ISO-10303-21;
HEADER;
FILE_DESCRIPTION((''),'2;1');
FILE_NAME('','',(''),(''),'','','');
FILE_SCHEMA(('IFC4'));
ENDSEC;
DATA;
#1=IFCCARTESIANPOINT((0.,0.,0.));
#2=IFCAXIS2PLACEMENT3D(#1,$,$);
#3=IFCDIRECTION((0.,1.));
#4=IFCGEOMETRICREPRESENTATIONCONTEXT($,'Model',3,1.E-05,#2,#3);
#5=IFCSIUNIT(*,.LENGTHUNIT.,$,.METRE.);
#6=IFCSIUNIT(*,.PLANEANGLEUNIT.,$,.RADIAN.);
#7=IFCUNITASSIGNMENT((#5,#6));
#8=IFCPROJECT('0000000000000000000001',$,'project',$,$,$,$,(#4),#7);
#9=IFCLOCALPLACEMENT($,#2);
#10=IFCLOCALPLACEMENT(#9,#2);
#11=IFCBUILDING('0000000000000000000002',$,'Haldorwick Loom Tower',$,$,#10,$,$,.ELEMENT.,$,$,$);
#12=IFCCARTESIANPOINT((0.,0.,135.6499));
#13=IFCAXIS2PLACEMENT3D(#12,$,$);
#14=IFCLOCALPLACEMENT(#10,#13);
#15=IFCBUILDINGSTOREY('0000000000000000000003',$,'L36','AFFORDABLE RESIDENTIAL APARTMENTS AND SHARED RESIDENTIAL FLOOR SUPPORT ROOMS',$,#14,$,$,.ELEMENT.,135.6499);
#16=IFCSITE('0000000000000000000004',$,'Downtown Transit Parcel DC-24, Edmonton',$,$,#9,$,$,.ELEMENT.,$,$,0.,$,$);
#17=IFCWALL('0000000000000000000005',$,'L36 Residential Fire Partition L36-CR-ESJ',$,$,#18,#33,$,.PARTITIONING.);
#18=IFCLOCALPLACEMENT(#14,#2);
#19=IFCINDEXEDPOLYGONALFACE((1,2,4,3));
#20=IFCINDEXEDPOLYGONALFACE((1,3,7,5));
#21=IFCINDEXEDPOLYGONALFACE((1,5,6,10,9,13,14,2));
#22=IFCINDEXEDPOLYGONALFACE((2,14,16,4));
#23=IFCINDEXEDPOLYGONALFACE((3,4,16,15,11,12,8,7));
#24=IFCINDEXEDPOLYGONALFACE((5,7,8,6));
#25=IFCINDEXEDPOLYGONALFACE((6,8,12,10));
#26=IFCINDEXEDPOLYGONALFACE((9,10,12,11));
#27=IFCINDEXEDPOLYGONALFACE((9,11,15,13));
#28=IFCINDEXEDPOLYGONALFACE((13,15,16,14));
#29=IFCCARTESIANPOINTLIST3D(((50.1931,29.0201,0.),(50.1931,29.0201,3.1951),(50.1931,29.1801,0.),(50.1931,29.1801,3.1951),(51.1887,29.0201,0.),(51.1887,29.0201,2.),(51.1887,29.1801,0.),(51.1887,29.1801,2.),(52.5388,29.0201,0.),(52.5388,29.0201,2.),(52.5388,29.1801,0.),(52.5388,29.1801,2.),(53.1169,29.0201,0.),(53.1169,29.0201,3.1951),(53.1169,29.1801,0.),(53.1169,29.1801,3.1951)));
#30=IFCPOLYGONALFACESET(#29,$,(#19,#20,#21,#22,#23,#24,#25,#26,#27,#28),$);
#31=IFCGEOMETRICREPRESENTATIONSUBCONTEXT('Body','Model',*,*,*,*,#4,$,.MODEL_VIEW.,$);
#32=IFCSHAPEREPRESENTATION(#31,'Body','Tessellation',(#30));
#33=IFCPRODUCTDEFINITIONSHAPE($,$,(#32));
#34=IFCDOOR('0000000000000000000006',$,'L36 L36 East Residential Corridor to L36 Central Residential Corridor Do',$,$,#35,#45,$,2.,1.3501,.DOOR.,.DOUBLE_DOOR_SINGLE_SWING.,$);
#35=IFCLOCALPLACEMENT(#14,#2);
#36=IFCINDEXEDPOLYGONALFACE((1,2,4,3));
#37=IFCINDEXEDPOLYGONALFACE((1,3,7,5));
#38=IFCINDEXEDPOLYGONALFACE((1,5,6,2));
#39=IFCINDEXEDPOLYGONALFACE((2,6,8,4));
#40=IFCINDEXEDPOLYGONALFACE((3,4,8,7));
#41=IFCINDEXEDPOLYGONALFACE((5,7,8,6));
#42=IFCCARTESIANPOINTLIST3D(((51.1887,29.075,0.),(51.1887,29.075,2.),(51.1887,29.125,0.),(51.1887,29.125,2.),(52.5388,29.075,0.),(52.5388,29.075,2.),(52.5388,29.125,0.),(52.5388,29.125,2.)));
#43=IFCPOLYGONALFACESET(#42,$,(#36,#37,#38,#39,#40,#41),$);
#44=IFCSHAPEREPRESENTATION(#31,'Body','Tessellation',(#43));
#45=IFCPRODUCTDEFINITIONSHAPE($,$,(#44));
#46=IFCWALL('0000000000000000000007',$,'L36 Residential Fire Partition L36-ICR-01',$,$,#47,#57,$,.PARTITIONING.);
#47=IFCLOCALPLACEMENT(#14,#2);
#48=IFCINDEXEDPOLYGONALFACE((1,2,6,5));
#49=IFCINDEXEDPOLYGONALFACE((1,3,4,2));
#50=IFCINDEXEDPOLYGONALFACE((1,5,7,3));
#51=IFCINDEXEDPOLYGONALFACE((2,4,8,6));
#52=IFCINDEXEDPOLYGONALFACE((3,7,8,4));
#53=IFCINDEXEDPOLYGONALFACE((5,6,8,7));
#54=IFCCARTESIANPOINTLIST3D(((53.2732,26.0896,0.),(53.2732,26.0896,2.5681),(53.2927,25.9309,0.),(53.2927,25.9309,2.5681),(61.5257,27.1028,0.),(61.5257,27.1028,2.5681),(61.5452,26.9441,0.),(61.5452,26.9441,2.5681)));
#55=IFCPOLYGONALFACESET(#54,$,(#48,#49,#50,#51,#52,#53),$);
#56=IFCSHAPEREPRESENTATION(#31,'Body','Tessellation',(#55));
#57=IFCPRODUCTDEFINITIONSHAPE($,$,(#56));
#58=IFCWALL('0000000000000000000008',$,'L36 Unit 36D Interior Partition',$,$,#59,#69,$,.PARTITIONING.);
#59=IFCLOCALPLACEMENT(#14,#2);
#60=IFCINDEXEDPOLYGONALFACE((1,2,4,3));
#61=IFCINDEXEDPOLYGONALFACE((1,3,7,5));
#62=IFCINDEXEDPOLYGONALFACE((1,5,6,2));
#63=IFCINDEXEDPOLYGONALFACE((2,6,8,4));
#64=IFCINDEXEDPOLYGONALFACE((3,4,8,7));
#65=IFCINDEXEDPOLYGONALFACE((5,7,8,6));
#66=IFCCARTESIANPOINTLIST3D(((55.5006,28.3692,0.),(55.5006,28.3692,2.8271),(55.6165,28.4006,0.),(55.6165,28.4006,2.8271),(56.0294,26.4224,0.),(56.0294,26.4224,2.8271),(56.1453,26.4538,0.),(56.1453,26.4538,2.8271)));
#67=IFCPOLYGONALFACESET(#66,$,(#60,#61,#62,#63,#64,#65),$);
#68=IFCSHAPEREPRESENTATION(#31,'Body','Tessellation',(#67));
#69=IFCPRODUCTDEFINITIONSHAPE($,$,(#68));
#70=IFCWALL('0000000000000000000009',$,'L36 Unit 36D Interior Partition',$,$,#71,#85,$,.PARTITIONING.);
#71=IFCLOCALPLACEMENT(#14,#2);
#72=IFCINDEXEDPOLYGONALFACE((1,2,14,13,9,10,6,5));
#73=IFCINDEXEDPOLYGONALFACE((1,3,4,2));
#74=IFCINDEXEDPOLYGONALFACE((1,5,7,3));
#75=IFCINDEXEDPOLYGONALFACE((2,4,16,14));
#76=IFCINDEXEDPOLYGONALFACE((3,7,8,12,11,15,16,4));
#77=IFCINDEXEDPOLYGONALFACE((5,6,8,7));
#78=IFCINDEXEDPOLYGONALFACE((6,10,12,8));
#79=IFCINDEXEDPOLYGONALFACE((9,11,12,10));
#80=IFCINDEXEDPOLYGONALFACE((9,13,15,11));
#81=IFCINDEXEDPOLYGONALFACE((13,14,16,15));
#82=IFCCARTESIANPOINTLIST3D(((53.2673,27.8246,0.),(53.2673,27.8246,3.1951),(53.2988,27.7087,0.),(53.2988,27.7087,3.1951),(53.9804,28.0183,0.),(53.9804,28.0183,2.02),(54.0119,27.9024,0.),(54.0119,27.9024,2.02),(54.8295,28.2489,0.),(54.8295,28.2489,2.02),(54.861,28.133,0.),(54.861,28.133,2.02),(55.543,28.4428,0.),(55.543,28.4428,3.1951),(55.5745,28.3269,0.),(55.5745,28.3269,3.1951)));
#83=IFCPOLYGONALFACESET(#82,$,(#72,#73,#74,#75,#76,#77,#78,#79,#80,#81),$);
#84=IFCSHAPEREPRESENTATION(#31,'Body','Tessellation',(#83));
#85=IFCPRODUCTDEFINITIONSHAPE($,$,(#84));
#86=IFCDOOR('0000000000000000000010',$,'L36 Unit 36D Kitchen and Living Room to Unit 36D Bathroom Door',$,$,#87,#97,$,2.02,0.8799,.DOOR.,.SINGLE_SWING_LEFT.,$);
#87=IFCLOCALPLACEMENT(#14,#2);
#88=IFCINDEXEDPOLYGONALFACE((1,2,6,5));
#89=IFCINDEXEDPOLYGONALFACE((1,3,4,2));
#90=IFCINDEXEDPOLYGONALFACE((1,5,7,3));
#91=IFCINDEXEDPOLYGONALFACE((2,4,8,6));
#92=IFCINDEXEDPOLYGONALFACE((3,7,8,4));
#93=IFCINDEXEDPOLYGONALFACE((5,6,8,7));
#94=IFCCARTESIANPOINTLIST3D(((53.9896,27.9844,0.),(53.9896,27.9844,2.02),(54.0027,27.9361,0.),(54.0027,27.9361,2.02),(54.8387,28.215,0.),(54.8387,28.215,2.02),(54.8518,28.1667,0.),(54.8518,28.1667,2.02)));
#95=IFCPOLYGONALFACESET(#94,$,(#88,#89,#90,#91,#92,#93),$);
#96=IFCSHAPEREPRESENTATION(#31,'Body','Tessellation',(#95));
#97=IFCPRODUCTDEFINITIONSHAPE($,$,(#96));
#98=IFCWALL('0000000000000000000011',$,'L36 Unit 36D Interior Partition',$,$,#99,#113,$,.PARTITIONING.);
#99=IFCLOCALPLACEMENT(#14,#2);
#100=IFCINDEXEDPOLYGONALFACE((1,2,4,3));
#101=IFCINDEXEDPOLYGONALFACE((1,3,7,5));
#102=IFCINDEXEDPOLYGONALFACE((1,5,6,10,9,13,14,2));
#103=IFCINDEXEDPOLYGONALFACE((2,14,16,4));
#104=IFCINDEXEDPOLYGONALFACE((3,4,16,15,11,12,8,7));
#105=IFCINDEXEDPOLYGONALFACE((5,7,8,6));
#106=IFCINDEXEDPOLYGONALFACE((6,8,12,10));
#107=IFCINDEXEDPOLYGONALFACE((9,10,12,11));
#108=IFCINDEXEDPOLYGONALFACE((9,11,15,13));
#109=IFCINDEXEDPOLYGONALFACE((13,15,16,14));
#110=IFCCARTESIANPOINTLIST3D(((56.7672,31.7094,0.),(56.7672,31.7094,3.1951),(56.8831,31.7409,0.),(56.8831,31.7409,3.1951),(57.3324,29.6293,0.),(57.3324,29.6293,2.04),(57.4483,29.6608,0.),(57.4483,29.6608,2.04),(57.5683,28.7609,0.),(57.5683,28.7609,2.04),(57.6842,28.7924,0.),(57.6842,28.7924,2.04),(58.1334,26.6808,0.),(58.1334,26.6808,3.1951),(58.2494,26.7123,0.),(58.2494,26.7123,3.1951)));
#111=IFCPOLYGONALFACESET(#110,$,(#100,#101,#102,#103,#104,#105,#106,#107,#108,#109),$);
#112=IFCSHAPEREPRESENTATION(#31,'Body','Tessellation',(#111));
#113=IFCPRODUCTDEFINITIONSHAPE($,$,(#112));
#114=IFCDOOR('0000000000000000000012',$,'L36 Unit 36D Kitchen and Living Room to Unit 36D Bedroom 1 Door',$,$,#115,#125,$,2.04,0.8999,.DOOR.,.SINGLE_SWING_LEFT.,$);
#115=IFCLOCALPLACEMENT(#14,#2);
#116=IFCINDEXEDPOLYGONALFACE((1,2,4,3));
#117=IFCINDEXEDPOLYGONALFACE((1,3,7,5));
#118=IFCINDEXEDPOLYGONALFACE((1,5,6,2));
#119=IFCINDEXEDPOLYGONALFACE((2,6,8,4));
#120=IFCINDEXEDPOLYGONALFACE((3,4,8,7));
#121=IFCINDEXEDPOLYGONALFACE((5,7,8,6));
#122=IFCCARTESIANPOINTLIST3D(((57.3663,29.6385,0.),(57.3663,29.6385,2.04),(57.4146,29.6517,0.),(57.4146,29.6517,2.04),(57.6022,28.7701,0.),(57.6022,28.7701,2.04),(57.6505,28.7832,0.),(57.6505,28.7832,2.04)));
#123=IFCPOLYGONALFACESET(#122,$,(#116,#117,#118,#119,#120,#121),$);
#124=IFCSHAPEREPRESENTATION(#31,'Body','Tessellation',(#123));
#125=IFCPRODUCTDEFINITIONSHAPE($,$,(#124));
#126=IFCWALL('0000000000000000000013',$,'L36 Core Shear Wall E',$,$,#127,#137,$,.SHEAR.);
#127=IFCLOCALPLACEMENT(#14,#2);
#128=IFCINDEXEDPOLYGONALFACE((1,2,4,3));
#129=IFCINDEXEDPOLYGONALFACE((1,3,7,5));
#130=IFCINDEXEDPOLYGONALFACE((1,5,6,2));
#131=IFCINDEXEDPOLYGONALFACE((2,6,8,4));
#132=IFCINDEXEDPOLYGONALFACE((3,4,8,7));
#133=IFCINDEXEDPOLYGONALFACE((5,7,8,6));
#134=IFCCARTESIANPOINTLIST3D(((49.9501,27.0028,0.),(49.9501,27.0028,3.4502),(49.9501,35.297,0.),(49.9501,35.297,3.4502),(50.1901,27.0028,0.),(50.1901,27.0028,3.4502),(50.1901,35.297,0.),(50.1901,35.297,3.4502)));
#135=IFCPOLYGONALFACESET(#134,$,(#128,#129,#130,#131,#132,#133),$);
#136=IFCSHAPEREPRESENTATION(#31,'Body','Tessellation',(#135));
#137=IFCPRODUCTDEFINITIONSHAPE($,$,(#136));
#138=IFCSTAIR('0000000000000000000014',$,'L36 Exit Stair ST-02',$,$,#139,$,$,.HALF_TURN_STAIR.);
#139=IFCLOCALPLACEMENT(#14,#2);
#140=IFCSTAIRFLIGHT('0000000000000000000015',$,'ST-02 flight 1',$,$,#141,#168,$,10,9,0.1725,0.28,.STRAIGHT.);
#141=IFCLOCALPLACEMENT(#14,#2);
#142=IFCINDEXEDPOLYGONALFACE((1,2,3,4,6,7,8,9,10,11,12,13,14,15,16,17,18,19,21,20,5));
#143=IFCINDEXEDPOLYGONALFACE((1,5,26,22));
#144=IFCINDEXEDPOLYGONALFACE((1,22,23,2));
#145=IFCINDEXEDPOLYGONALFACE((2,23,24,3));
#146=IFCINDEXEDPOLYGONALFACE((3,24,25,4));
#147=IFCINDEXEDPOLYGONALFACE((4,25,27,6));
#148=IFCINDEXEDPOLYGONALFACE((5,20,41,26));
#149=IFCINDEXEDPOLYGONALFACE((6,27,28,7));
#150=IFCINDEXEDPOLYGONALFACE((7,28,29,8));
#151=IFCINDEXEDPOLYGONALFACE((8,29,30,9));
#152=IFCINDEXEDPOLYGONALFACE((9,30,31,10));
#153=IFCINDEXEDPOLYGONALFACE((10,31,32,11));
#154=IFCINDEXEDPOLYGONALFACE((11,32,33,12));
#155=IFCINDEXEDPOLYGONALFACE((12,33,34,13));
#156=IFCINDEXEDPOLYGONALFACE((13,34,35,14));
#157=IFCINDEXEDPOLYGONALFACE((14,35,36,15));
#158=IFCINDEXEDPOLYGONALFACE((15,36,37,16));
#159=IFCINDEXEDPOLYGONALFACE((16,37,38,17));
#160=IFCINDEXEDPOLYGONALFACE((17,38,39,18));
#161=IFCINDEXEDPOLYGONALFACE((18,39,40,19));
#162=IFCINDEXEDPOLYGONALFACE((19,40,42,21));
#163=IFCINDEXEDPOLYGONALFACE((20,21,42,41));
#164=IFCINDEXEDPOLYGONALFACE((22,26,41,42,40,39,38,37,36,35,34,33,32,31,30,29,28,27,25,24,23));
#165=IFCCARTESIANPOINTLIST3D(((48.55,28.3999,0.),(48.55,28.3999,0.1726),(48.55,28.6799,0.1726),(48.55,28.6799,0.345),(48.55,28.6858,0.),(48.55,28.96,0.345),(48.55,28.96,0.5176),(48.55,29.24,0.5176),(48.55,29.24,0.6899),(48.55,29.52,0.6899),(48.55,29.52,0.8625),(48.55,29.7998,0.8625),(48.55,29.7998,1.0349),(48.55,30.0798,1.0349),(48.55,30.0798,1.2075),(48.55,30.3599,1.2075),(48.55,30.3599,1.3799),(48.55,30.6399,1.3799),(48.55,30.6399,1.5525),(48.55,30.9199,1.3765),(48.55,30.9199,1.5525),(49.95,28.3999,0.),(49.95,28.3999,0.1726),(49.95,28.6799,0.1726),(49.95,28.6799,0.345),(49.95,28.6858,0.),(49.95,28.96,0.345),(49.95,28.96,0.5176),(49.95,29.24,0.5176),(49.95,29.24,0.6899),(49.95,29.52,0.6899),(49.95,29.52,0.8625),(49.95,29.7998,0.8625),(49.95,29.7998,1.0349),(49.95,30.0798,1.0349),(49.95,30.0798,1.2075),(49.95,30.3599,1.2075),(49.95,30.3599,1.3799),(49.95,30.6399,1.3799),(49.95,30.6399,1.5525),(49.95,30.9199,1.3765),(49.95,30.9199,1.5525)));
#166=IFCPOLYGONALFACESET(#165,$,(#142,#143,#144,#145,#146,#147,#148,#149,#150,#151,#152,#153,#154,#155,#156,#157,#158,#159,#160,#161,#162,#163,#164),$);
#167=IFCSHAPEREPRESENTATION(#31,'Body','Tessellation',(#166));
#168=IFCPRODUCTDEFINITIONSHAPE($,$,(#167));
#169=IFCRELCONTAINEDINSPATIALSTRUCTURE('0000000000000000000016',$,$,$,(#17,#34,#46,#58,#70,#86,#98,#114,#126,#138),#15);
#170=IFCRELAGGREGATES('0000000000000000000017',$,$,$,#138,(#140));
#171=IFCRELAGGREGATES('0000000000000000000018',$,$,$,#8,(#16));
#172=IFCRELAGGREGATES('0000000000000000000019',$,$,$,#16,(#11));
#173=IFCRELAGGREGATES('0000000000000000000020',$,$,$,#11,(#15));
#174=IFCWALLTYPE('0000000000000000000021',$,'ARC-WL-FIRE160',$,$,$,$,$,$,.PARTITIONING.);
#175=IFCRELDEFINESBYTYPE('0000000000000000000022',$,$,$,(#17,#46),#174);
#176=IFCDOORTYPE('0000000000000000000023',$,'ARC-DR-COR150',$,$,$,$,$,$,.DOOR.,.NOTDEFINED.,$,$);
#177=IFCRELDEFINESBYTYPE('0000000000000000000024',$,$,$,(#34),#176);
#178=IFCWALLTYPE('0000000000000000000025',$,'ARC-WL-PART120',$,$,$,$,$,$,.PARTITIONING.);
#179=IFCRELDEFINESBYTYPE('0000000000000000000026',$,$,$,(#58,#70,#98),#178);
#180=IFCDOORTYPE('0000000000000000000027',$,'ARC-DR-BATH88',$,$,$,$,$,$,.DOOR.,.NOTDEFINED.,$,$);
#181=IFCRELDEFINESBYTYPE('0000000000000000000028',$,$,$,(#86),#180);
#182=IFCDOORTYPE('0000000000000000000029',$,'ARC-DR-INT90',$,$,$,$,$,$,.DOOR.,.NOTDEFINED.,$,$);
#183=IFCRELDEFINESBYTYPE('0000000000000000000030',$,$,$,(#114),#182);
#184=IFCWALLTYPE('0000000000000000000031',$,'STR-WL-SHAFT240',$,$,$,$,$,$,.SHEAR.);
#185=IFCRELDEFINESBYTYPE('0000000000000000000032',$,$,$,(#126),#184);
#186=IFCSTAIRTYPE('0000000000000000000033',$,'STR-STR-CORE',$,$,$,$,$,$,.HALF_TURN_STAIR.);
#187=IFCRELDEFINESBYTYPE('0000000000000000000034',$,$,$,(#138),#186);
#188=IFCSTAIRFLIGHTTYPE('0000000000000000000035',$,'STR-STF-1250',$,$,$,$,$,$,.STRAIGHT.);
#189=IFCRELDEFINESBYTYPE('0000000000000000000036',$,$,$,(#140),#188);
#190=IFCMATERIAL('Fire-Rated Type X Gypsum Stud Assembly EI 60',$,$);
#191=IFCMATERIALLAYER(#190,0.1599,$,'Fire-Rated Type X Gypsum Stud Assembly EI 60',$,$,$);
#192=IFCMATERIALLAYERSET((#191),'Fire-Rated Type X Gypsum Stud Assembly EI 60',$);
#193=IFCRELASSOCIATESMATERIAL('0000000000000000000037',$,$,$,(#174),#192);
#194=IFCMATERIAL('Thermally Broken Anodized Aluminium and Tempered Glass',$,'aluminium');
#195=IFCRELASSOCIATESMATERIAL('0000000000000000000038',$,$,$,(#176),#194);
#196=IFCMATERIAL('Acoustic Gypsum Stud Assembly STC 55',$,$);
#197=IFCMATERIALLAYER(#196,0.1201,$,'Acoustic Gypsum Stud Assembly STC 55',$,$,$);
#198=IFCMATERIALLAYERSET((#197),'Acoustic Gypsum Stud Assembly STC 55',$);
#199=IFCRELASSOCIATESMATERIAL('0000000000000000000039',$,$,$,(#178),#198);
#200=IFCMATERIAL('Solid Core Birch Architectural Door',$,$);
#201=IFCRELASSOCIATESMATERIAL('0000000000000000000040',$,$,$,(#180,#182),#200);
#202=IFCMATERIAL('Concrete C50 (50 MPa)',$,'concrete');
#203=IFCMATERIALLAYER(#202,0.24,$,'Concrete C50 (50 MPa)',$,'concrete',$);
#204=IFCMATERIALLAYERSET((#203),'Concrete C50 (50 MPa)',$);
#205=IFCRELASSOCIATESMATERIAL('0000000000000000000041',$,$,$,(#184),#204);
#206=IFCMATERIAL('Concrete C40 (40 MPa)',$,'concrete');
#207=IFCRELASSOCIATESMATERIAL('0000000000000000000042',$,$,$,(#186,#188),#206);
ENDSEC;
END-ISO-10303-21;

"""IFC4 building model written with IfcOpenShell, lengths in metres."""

from ifc_helpers import new_model, si_unit, direction, frame, frame_2d, origin, place, context, subcontext, project, spatial, polyline, rectangle, outline, extrude, material, layer, layer_set, type_object, element, fill, aggregate, save


model = new_model("IFC4")

# Units and contexts
model_context = context("Model", 3, precision=1e-05, world=origin(), true_north=direction((0.0, 1.0)))
body_context = subcontext(model_context, "Body", "Model", "MODEL_VIEW")
ifc_project = project(units=[si_unit("LENGTHUNIT", "METRE"), si_unit("PLANEANGLEUNIT", "RADIAN")], contexts=[model_context])

# Site, building, storey
site_placement = place(None, origin())
site = spatial("IfcSite", under=ifc_project, at=site_placement, Name="Downtown Transit Parcel DC-24, Edmonton", CompositionType="ELEMENT", RefElevation=0.0)
building_placement = place(site_placement, origin())
building = spatial("IfcBuilding", under=site, at=building_placement, Name="Haldorwick Loom Tower", CompositionType="ELEMENT")
storey_placement = place(building_placement, frame((0.0, 0.0, 135.6499)))
storey = spatial("IfcBuildingStorey", under=building, at=storey_placement, Name="L36", Description="AFFORDABLE RESIDENTIAL APARTMENTS AND SHARED RESIDENTIAL FLOOR SUPPORT ROOMS", CompositionType="ELEMENT", Elevation=135.6499)

# Wall, opening, door
ifc_material_1 = material(Name="Fire-Rated Type X Gypsum Stud Assembly EI 60")
ifc_layer_1 = layer(ifc_material_1, 0.1599, Name="Fire-Rated Type X Gypsum Stud Assembly EI 60")
ifc_layer_set_1 = layer_set([ifc_layer_1], Name="Fire-Rated Type X Gypsum Stud Assembly EI 60")
wall_type_1 = type_object("IfcWallType", Name="ARC-WL-FIRE160", PredefinedType="PARTITIONING", material=ifc_layer_set_1)
wall_1_placement = place(storey_placement, frame((50.1931, 29.1001, 0.0), z_axis=(0.0, 0.0, 1.0), x_axis=(1.0, 0.0, 0.0)))
wall_1 = element("IfcWall", 1, at=wall_1_placement, inside=storey, type_object=wall_type_1, Name="L36 Residential Fire Partition L36-CR-ESJ", PredefinedType="PARTITIONING", context=body_context, shape_type="SweptSolid", body=[
    extrude(rectangle(XDim=2.9238, YDim=0.1599, at=frame_2d((1.4619, 0.0))), origin(), (0.0, 0.0, 1.0), 3.1951),
])
opening_1_placement = place(wall_1_placement, frame((0.9956, 0.0, 0.0)))
opening_1 = element("IfcOpeningElement", 2, at=opening_1_placement, cuts=wall_1, PredefinedType="OPENING", context=body_context, shape_type="SweptSolid", body=[
    extrude(rectangle(XDim=1.3501, YDim=2.0, at=frame_2d((0.675, 1.0))), frame((0.0, 0.0898, 0.0), z_axis=(0.0, -1.0, 0.0), x_axis=(1.0, 0.0, 0.0)), (0.0, 0.0, 1.0), 0.1799),
])
ifc_material_2 = material(Name="Thermally Broken Anodized Aluminium and Tempered Glass", Category="aluminium")
door_type_1 = type_object("IfcDoorType", Name="ARC-DR-COR150", OperationType="NOTDEFINED", PredefinedType="DOOR", material=ifc_material_2)
door_1_placement = place(opening_1_placement, origin())
door_1 = element("IfcDoor", 3, at=door_1_placement, inside=storey, type_object=door_type_1, Name="L36 L36 East Residential Corridor to L36 Central Residential Corridor Do", OperationType="DOUBLE_DOOR_SINGLE_SWING", OverallHeight=2.0, OverallWidth=1.3501, PredefinedType="DOOR", context=body_context, shape_type="SweptSolid", body=[
    extrude(rectangle(XDim=1.3501, YDim=2.0, at=frame_2d((0.675, 1.0))), frame((0.0, 0.0249, 0.0), z_axis=(0.0, -1.0, 0.0), x_axis=(1.0, 0.0, 0.0)), (0.0, 0.0, 1.0), 0.05),
])
fill(opening_1, door_1)

# Walls
wall_2_placement = place(storey_placement, frame((53.283, 26.0103, 0.0), z_axis=(0.0, 0.0, 1.0), x_axis=(0.992547, 0.121859, 0.0)))
element("IfcWall", 4, at=wall_2_placement, inside=storey, type_object=wall_type_1, Name="L36 Residential Fire Partition L36-ICR-01", PredefinedType="PARTITIONING", context=body_context, shape_type="SweptSolid", body=[
    extrude(rectangle(XDim=8.3145, YDim=0.1599, at=frame_2d((4.1572, 0.0))), origin(), (0.0, 0.0, 1.0), 2.5681),
])
ifc_material_3 = material(Name="Acoustic Gypsum Stud Assembly STC 55")
ifc_layer_2 = layer(ifc_material_3, 0.1201, Name="Acoustic Gypsum Stud Assembly STC 55")
ifc_layer_set_2 = layer_set([ifc_layer_2], Name="Acoustic Gypsum Stud Assembly STC 55")
wall_type_2 = type_object("IfcWallType", Name="ARC-WL-PART120", PredefinedType="PARTITIONING", material=ifc_layer_set_2)
wall_3_placement = place(storey_placement, frame((56.0874, 26.438, 0.0), z_axis=(0.0, 0.0, 1.0), x_axis=(-0.262134, 0.965031, 0.0)))
element("IfcWall", 5, at=wall_3_placement, inside=storey, type_object=wall_type_2, Name="L36 Unit 36D Interior Partition", PredefinedType="PARTITIONING", context=body_context, shape_type="SweptSolid", body=[
    extrude(rectangle(XDim=2.0173, YDim=0.1201, at=frame_2d((1.0088, 0.0))), origin(), (0.0, 0.0, 1.0), 2.8271),
])

# Walls, openings, doors
wall_4_placement = place(storey_placement, frame((53.283, 27.7666, 0.0), z_axis=(0.0, 0.0, 1.0), x_axis=(0.965029, 0.262145, 0.0)))
wall_4 = element("IfcWall", 6, at=wall_4_placement, inside=storey, type_object=wall_type_2, Name="L36 Unit 36D Interior Partition", PredefinedType="PARTITIONING", context=body_context, shape_type="SweptSolid", body=[
    extrude(rectangle(XDim=2.3582, YDim=0.1201, at=frame_2d((1.1792, 0.0))), origin(), (0.0, 0.0, 1.0), 3.1951),
])
opening_2_placement = place(wall_4_placement, frame((0.739, 0.0, 0.0)))
opening_2 = element("IfcOpeningElement", 7, at=opening_2_placement, cuts=wall_4, PredefinedType="OPENING", context=body_context, shape_type="SweptSolid", body=[
    extrude(rectangle(XDim=0.8799, YDim=2.02, at=frame_2d((0.4399, 1.01))), frame((0.0, 0.0701, 0.0), z_axis=(0.0, -1.0, 0.0), x_axis=(1.0, 0.0, 0.0)), (0.0, 0.0, 1.0), 0.1401),
])
ifc_material_4 = material(Name="Solid Core Birch Architectural Door")
door_type_2 = type_object("IfcDoorType", Name="ARC-DR-BATH88", OperationType="NOTDEFINED", PredefinedType="DOOR", material=ifc_material_4)
door_2_placement = place(opening_2_placement, origin())
door_2 = element("IfcDoor", 8, at=door_2_placement, inside=storey, type_object=door_type_2, Name="L36 Unit 36D Kitchen and Living Room to Unit 36D Bathroom Door", OperationType="SINGLE_SWING_LEFT", OverallHeight=2.02, OverallWidth=0.8799, PredefinedType="DOOR", context=body_context, shape_type="SweptSolid", body=[
    extrude(rectangle(XDim=0.8799, YDim=2.02, at=frame_2d((0.4399, 1.01))), frame((0.0, 0.0249, 0.0), z_axis=(0.0, -1.0, 0.0), x_axis=(1.0, 0.0, 0.0)), (0.0, 0.0, 1.0), 0.05),
])
fill(opening_2, door_2)
wall_5_placement = place(storey_placement, frame((58.1914, 26.6965, 0.0), z_axis=(0.0, 0.0, 1.0), x_axis=(-0.262186, 0.965017, 0.0)))
wall_5 = element("IfcWall", 9, at=wall_5_placement, inside=storey, type_object=wall_type_2, Name="L36 Unit 36D Interior Partition", PredefinedType="PARTITIONING", context=body_context, shape_type="SweptSolid", body=[
    extrude(rectangle(XDim=5.2109, YDim=0.1201, at=frame_2d((2.6055, 0.0))), origin(), (0.0, 0.0, 1.0), 3.1951),
])
opening_3_placement = place(wall_5_placement, frame((2.1555, 0.0, 0.0)))
opening_3 = element("IfcOpeningElement", 10, at=opening_3_placement, cuts=wall_5, PredefinedType="OPENING", context=body_context, shape_type="SweptSolid", body=[
    extrude(rectangle(XDim=0.8999, YDim=2.04, at=frame_2d((0.45, 1.02))), frame((0.0, 0.0701, 0.0), z_axis=(0.0, -1.0, 0.0), x_axis=(1.0, 0.0, 0.0)), (0.0, 0.0, 1.0), 0.1401),
])
door_type_3 = type_object("IfcDoorType", Name="ARC-DR-INT90", OperationType="NOTDEFINED", PredefinedType="DOOR", material=ifc_material_4)
door_3_placement = place(opening_3_placement, origin())
door_3 = element("IfcDoor", 11, at=door_3_placement, inside=storey, type_object=door_type_3, Name="L36 Unit 36D Kitchen and Living Room to Unit 36D Bedroom 1 Door", OperationType="SINGLE_SWING_LEFT", OverallHeight=2.04, OverallWidth=0.8999, PredefinedType="DOOR", context=body_context, shape_type="SweptSolid", body=[
    extrude(rectangle(XDim=0.8999, YDim=2.04, at=frame_2d((0.45, 1.02))), frame((0.0, 0.0249, 0.0), z_axis=(0.0, -1.0, 0.0), x_axis=(1.0, 0.0, 0.0)), (0.0, 0.0, 1.0), 0.05),
])
fill(opening_3, door_3)

# Wall
ifc_material_5 = material(Name="Concrete C50 (50 MPa)", Category="concrete")
ifc_layer_3 = layer(ifc_material_5, 0.24, Name="Concrete C50 (50 MPa)", Category="concrete")
ifc_layer_set_3 = layer_set([ifc_layer_3], Name="Concrete C50 (50 MPa)")
wall_type_3 = type_object("IfcWallType", Name="STR-WL-SHAFT240", PredefinedType="SHEAR", material=ifc_layer_set_3)
wall_6_placement = place(storey_placement, frame((50.0701, 27.0029, 0.0), z_axis=(0.0, 0.0, 1.0), x_axis=(0.0, 1.0, 0.0)))
element("IfcWall", 12, at=wall_6_placement, inside=storey, type_object=wall_type_3, Name="L36 Core Shear Wall E", PredefinedType="SHEAR", context=body_context, shape_type="SweptSolid", body=[
    extrude(rectangle(XDim=8.2942, YDim=0.24, at=frame_2d((4.147, 0.0))), origin(), (0.0, 0.0, 1.0), 3.4502),
])

# Stair, stair flight
ifc_material_6 = material(Name="Concrete C40 (40 MPa)", Category="concrete")
stair_type = type_object("IfcStairType", Name="STR-STR-CORE", PredefinedType="HALF_TURN_STAIR", material=ifc_material_6)
stair_placement = place(storey_placement, origin())
stair = element("IfcStair", 13, at=stair_placement, inside=storey, type_object=stair_type, Name="L36 Exit Stair ST-02", PredefinedType="HALF_TURN_STAIR")
stair_flight_type = type_object("IfcStairFlightType", Name="STR-STF-1250", PredefinedType="STRAIGHT", material=ifc_material_6)
stair_flight_placement = place(storey_placement, frame((49.25, 28.3999, 0.0), z_axis=(0.0, 0.0, 1.0), x_axis=(0.0, 1.0, 0.0)))
stair_flight = element("IfcStairFlight", 14, at=stair_flight_placement, type_object=stair_flight_type, Name="ST-02 flight 1", NumberOfRisers=10, NumberOfTreads=9, PredefinedType="STRAIGHT", RiserHeight=0.1725, TreadLength=0.28, context=body_context, shape_type="SweptSolid", body=[
    extrude(outline(polyline([(0.0, 0.0), (0.0, 0.1726), (0.28, 0.1726), (0.28, 0.345), (0.5601, 0.345), (0.5601, 0.5176), (0.8401, 0.5176), (0.8401, 0.6899), (1.1201, 0.6899), (1.1201, 0.8625), (1.3999, 0.8625), (1.3999, 1.0349), (1.6799, 1.0349), (1.6799, 1.2075), (1.96, 1.2075), (1.96, 1.3799), (2.24, 1.3799), (2.24, 1.5525), (2.52, 1.5525), (2.52, 1.7251), (2.52, 1.3765), (0.2859, 0.0), (0.0, 0.0)])), frame((0.0, 0.7, 0.0), z_axis=(0.0, -1.0, 0.0), x_axis=(1.0, 0.0, 0.0)), (0.0, 0.0, 1.0), 1.3999),
])
aggregate(stair, [stair_flight])

save(model, "model.ifc")
